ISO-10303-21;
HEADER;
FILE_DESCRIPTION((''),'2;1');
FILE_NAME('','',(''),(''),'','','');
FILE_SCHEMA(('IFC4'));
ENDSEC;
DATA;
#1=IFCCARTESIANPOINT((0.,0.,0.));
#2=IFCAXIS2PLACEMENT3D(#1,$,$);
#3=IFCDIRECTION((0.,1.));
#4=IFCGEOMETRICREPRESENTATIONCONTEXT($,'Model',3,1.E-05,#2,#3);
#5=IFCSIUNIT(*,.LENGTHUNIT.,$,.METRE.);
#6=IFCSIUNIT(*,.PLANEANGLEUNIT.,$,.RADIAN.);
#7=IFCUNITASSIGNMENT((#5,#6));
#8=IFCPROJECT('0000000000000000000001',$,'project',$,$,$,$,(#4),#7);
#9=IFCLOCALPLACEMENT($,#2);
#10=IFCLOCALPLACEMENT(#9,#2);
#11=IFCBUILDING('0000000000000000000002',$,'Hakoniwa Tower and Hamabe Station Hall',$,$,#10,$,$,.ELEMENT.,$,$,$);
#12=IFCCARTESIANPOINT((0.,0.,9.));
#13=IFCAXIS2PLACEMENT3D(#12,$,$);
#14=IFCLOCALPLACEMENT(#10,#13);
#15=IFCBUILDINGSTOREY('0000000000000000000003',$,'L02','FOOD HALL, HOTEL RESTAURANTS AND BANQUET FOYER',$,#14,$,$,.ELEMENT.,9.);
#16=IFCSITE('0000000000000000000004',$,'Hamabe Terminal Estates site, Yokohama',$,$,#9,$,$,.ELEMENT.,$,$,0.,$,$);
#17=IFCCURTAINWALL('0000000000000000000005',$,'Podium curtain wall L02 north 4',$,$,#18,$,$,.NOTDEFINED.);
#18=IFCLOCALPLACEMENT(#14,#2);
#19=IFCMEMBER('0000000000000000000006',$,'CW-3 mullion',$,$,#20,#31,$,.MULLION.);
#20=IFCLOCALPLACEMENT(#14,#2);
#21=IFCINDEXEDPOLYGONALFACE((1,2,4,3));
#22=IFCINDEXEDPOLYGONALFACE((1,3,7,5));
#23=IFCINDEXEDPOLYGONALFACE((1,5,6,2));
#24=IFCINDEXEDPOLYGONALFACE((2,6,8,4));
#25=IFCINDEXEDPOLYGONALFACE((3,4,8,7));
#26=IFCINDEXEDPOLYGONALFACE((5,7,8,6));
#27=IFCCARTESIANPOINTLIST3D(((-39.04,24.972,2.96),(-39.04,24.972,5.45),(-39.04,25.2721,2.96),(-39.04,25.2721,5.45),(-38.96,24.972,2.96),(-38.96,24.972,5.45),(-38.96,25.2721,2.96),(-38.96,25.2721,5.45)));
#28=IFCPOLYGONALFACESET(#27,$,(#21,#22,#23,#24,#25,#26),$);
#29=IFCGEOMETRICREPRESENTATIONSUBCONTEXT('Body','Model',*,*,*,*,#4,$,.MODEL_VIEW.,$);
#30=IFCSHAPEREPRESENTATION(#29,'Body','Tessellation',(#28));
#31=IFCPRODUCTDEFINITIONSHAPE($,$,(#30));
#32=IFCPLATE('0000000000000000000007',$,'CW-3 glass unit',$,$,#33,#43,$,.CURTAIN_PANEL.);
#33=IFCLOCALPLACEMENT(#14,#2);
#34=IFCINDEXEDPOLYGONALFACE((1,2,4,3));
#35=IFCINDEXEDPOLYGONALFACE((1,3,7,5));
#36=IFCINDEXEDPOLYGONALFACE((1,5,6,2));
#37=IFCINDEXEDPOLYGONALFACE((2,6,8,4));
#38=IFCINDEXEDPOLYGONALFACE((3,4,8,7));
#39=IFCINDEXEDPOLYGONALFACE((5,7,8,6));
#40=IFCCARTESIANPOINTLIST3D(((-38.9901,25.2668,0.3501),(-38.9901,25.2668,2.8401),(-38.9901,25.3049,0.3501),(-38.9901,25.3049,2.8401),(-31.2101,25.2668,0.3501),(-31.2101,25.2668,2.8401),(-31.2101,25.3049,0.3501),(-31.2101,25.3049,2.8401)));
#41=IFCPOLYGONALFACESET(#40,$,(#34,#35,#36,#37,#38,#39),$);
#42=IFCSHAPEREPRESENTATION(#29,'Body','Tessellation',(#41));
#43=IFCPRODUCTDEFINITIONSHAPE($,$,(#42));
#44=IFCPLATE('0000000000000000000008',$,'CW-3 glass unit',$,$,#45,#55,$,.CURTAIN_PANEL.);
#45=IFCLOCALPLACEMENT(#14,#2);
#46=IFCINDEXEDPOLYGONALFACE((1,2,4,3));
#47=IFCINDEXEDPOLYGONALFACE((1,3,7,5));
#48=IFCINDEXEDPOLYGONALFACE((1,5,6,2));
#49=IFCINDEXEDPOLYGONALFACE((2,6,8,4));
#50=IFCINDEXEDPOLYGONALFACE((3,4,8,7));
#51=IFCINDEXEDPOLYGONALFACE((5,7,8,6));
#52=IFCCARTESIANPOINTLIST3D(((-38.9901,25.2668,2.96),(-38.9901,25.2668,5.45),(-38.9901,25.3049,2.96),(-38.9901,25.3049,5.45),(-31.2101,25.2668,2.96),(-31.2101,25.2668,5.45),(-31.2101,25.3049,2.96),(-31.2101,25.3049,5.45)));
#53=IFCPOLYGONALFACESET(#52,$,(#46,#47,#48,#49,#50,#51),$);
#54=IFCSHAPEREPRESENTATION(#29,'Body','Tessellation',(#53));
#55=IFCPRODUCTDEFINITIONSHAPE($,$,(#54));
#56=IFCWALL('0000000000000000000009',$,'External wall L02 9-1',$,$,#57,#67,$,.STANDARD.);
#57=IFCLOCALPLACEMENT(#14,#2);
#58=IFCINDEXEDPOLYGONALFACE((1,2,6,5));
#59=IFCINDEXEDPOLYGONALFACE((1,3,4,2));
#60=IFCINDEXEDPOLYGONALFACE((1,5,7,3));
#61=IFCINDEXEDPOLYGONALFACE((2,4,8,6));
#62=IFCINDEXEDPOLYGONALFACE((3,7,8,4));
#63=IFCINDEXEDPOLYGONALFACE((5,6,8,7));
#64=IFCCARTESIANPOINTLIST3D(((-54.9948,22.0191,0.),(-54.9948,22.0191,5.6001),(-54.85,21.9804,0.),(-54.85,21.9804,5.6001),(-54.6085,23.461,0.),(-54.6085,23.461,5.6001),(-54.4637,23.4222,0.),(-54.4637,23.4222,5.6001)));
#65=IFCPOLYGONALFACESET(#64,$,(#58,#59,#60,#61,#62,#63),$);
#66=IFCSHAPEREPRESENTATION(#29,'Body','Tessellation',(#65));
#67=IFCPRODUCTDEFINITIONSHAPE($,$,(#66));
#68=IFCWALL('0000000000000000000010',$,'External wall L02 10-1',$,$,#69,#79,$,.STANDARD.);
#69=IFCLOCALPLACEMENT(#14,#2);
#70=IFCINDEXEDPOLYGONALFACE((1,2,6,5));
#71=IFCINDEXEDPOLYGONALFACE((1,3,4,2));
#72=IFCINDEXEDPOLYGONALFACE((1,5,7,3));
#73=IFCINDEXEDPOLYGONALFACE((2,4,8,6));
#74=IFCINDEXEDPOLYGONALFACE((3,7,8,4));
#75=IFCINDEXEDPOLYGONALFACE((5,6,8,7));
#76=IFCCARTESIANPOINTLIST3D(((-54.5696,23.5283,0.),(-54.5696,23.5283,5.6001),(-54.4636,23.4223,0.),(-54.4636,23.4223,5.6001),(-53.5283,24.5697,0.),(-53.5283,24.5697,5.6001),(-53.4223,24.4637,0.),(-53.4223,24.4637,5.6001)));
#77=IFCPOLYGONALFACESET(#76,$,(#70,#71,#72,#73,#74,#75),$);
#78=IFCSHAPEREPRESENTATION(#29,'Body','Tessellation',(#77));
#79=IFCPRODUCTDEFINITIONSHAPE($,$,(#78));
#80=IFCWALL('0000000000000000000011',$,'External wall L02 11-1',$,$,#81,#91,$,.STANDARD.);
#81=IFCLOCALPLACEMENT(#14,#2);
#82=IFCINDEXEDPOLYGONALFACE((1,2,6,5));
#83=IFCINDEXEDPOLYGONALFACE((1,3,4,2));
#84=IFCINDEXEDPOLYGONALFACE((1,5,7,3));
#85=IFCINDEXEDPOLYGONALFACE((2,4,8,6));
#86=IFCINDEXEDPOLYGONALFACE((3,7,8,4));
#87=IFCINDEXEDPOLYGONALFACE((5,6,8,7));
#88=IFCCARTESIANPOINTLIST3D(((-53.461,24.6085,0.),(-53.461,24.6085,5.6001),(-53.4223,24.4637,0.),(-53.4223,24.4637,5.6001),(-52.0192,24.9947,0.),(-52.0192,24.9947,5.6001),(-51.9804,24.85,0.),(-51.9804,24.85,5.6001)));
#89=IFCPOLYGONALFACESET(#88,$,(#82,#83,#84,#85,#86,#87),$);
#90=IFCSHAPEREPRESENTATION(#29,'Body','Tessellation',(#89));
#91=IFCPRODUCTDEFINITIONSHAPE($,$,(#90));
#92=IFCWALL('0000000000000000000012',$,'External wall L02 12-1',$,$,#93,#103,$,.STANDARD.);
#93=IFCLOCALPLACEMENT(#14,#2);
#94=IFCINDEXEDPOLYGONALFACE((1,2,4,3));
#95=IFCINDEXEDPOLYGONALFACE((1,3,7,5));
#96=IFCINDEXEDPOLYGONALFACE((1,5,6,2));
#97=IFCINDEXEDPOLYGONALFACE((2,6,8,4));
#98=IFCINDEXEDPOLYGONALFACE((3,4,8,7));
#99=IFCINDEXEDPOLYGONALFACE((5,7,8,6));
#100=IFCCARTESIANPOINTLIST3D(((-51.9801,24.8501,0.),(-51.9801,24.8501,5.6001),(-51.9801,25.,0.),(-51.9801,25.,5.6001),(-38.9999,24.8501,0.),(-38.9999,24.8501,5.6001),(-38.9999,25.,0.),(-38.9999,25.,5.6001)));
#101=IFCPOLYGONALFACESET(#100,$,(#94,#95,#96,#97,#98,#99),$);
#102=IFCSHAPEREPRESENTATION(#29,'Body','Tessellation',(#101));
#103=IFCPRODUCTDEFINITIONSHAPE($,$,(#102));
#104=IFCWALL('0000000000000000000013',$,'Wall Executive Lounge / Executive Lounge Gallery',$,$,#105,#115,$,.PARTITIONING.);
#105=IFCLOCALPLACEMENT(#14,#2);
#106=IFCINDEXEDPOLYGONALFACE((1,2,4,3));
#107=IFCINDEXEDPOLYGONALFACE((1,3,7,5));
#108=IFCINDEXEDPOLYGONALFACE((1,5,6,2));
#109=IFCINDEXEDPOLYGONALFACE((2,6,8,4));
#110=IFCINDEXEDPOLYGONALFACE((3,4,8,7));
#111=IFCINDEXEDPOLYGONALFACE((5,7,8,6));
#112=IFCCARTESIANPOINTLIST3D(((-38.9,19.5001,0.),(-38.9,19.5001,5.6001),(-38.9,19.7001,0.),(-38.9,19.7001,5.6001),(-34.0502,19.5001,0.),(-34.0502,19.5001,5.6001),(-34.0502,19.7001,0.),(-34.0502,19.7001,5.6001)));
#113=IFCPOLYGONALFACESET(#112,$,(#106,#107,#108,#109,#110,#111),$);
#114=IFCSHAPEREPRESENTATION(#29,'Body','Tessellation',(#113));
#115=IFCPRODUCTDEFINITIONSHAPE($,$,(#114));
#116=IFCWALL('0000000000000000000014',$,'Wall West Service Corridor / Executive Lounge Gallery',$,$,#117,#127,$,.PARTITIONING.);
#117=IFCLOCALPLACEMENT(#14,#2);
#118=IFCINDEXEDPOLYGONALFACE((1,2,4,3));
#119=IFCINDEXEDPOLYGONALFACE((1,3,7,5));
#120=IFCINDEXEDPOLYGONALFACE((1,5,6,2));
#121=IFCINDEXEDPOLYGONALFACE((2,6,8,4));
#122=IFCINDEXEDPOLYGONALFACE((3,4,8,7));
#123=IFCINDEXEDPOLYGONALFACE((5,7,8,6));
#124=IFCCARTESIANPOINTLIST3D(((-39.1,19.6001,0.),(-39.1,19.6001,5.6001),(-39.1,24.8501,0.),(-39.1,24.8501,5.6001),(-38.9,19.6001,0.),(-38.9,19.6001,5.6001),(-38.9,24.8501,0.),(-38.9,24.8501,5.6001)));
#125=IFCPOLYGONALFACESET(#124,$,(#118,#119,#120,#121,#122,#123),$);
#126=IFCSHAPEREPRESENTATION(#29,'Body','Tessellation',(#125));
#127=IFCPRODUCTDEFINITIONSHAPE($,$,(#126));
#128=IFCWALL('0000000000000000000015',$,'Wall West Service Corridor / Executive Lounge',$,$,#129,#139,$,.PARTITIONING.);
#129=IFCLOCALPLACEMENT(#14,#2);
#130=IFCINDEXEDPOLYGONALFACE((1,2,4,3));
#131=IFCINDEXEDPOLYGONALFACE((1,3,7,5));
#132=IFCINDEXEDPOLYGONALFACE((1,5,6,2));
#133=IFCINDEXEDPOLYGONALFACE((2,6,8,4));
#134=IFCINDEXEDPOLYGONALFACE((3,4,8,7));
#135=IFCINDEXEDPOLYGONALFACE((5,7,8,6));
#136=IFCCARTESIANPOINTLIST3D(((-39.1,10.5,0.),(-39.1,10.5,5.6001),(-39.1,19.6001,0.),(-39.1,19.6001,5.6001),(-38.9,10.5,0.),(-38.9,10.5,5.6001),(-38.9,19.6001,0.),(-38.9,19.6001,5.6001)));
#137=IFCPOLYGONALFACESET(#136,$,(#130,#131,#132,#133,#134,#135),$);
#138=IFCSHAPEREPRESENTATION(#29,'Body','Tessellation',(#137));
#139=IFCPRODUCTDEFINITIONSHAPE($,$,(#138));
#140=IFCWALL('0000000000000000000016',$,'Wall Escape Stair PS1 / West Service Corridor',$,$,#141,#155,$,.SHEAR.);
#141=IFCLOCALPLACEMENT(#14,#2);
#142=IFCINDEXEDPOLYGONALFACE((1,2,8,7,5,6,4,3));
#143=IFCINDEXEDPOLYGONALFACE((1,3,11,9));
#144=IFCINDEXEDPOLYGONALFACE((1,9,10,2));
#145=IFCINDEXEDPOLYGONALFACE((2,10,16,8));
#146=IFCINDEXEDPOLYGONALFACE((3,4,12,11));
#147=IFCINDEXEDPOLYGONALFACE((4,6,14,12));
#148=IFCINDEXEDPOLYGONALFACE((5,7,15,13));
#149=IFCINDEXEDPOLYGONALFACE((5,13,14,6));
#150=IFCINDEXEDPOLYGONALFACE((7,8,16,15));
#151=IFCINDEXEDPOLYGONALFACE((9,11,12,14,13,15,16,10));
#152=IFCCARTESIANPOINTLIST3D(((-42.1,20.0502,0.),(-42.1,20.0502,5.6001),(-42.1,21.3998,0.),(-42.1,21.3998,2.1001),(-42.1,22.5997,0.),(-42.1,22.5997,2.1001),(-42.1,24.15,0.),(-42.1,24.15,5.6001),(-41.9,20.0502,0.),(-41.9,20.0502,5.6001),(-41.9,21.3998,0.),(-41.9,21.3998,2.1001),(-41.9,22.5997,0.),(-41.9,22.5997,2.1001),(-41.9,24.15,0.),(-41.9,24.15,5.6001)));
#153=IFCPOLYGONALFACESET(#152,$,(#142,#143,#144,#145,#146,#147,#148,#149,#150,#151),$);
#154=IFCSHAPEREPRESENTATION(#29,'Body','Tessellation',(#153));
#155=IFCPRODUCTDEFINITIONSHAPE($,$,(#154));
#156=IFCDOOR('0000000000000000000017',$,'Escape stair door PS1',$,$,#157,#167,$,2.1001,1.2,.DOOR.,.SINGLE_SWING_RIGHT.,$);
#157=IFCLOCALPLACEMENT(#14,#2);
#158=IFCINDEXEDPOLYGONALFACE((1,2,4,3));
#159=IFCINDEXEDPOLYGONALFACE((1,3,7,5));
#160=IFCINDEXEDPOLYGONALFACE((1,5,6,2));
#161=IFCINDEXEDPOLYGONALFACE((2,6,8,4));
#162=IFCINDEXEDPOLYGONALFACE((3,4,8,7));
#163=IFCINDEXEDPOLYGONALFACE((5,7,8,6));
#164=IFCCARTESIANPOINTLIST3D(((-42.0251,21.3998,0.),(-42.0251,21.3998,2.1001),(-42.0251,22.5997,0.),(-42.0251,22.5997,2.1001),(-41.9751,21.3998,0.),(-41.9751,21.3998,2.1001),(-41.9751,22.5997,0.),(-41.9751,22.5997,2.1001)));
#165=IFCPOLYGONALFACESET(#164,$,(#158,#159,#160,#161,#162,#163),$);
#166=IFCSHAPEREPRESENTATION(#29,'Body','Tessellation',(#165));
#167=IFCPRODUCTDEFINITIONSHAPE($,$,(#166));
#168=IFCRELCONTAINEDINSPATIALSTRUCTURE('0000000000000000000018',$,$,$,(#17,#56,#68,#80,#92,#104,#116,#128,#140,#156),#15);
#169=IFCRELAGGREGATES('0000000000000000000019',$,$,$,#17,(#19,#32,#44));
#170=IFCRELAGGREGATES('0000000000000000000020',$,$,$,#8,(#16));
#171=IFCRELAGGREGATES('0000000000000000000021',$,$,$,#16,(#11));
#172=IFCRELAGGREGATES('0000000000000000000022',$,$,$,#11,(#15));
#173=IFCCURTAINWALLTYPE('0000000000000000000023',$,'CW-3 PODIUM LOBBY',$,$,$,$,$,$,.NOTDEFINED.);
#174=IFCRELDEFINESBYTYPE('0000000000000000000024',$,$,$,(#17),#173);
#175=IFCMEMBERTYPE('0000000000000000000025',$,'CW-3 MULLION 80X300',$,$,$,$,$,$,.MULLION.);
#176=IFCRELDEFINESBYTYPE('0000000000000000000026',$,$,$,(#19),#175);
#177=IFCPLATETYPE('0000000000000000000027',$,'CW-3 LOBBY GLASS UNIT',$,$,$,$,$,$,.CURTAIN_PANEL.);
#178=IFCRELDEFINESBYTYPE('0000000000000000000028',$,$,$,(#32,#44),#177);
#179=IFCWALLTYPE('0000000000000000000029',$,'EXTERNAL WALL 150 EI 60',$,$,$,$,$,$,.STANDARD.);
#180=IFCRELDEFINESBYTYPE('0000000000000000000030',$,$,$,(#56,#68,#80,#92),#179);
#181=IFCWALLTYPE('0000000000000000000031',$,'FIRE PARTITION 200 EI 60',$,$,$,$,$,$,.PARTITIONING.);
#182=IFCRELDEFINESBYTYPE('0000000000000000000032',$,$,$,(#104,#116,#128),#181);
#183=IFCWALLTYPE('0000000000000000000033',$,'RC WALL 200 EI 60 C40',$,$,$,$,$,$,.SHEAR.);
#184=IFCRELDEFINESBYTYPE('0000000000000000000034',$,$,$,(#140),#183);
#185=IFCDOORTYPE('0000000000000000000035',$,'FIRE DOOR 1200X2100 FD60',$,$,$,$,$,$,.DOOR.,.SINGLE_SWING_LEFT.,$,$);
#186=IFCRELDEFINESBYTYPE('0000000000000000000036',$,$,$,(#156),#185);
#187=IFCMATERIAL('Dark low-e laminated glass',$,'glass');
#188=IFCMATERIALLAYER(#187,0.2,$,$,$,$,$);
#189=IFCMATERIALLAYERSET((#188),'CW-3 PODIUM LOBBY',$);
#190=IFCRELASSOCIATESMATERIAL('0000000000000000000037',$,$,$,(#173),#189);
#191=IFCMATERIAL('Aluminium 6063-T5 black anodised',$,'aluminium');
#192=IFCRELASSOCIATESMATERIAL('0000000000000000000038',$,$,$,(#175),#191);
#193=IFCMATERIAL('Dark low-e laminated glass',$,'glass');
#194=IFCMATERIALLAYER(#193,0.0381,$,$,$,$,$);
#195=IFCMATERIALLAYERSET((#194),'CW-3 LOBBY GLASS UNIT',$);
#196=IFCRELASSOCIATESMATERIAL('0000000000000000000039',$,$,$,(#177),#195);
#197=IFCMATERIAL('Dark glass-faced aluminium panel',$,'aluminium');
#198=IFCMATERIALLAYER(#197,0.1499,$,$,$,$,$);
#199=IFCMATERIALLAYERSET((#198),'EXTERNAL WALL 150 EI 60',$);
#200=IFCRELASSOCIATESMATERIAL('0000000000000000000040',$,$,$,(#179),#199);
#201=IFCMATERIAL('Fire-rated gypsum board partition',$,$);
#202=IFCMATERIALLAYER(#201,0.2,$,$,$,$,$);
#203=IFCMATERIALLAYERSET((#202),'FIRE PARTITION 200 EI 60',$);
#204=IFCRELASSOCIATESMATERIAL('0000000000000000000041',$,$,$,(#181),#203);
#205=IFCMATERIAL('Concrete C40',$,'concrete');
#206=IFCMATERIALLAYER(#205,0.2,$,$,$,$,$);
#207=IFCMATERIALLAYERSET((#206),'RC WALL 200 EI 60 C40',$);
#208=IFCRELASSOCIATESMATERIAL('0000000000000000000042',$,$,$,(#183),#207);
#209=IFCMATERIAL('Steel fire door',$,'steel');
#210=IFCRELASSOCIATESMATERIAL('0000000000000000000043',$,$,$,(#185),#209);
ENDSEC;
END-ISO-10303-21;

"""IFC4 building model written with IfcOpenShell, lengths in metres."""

from ifc_helpers import new_model, si_unit, direction, frame, frame_2d, origin, origin_2d, place, context, subcontext, project, spatial, rectangle, extrude, material, layer, layer_set, material_profile, profile_set, type_object, element, fill, aggregate, save


model = new_model("IFC4")

# Units and contexts
model_context = context("Model", 3, precision=1e-05, world=origin(), true_north=direction((0.0, 1.0)))
body_context = subcontext(model_context, "Body", "Model", "MODEL_VIEW")
ifc_project = project(units=[si_unit("LENGTHUNIT", "METRE"), si_unit("PLANEANGLEUNIT", "RADIAN")], contexts=[model_context])

# Site, building, storey
site_placement = place(None, origin())
site = spatial("IfcSite", under=ifc_project, at=site_placement, Name="Hamabe Terminal Estates site, Yokohama", CompositionType="ELEMENT", RefElevation=0.0)
building_placement = place(site_placement, origin())
building = spatial("IfcBuilding", under=site, at=building_placement, Name="Hakoniwa Tower and Hamabe Station Hall", CompositionType="ELEMENT")
storey_placement = place(building_placement, frame((0.0, 0.0, 9.0)))
storey = spatial("IfcBuildingStorey", under=building, at=storey_placement, Name="L02", Description="FOOD HALL, HOTEL RESTAURANTS AND BANQUET FOYER", CompositionType="ELEMENT", Elevation=9.0)

# Curtain wall, member, plates
ifc_material_1 = material(Name="Dark low-e laminated glass", Category="glass")
ifc_layer_1 = layer(ifc_material_1, 0.2)
ifc_layer_set_1 = layer_set([ifc_layer_1], Name="CW-3 PODIUM LOBBY")
curtain_wall_type = type_object("IfcCurtainWallType", Name="CW-3 PODIUM LOBBY", PredefinedType="NOTDEFINED", material=ifc_layer_set_1)
curtain_wall_placement = place(storey_placement, origin())
curtain_wall = element("IfcCurtainWall", 1, at=curtain_wall_placement, inside=storey, type_object=curtain_wall_type, Name="Podium curtain wall L02 north 4", PredefinedType="NOTDEFINED")
ifc_material_2 = material(Name="Aluminium 6063-T5 black anodised", Category="aluminium")
ifc_material_profile_1 = material_profile(ifc_material_2, rectangle(XDim=0.0801, YDim=0.3, at=origin_2d()), Name="CW-3 MULLION 80X300")
ifc_profile_set_1 = profile_set([ifc_material_profile_1], Name="Aluminium 6063-T5 black anodised")
member_type = type_object("IfcMemberType", Name="CW-3 MULLION 80X300", PredefinedType="MULLION", material=ifc_profile_set_1)
member_1_placement = place(storey_placement, frame((-39.0, 25.1221, 2.96), z_axis=(0.0, 0.0, 1.0), x_axis=(-1.0, 0.0, 0.0)))
member_1 = element("IfcMember", 2, at=member_1_placement, type_object=member_type, Name="CW-3 mullion", PredefinedType="MULLION", context=body_context, shape_type="SweptSolid", body=[
    extrude(rectangle(XDim=0.0801, YDim=0.3, at=origin_2d()), origin(), (0.0, 0.0, 1.0), 2.49),
])
ifc_material_3 = material(Name="Dark low-e laminated glass", Category="glass")
ifc_layer_2 = layer(ifc_material_3, 0.0381)
ifc_layer_set_2 = layer_set([ifc_layer_2], Name="CW-3 LOBBY GLASS UNIT")
plate_type = type_object("IfcPlateType", Name="CW-3 LOBBY GLASS UNIT", PredefinedType="CURTAIN_PANEL", material=ifc_layer_set_2)
plate_1_placement = place(storey_placement, frame((-35.1001, 25.2859, 0.3501), z_axis=(0.0, 0.0, 1.0), x_axis=(-1.0, 0.0, 0.0)))
plate_1 = element("IfcPlate", 3, at=plate_1_placement, type_object=plate_type, Name="CW-3 glass unit", PredefinedType="CURTAIN_PANEL", context=body_context, shape_type="SweptSolid", body=[
    extrude(rectangle(XDim=7.78, YDim=0.0381, at=origin_2d()), origin(), (0.0, 0.0, 1.0), 2.49),
])
plate_2_placement = place(storey_placement, frame((-35.1001, 25.2859, 2.96), z_axis=(0.0, 0.0, 1.0), x_axis=(-1.0, 0.0, 0.0)))
plate_2 = element("IfcPlate", 4, at=plate_2_placement, type_object=plate_type, Name="CW-3 glass unit", PredefinedType="CURTAIN_PANEL", context=body_context, shape_type="SweptSolid", body=[
    extrude(rectangle(XDim=7.78, YDim=0.0381, at=origin_2d()), origin(), (0.0, 0.0, 1.0), 2.49),
])
aggregate(curtain_wall, [member_1, plate_1, plate_2])

# Walls
ifc_material_4 = material(Name="Dark glass-faced aluminium panel", Category="aluminium")
ifc_layer_3 = layer(ifc_material_4, 0.1499)
ifc_layer_set_3 = layer_set([ifc_layer_3], Name="EXTERNAL WALL 150 EI 60")
wall_type_1 = type_object("IfcWallType", Name="EXTERNAL WALL 150 EI 60", PredefinedType="STANDARD", material=ifc_layer_set_3)
wall_1_placement = place(storey_placement, frame((-54.9224, 21.9998, 0.0), z_axis=(0.0, 0.0, 1.0), x_axis=(0.258742, 0.965947, 0.0)))
element("IfcWall", 5, at=wall_1_placement, inside=storey, type_object=wall_type_1, Name="External wall L02 9-1", PredefinedType="STANDARD", context=body_context, shape_type="SweptSolid", body=[
    extrude(rectangle(XDim=1.4927, YDim=0.1499, at=frame_2d((0.7463, 0.0))), origin(), (0.0, 0.0, 1.0), 5.6001),
])
wall_2_placement = place(storey_placement, frame((-54.5166, 23.4753, 0.0), z_axis=(0.0, 0.0, 1.0), x_axis=(0.707107, 0.707107, 0.0)))
element("IfcWall", 6, at=wall_2_placement, inside=storey, type_object=wall_type_1, Name="External wall L02 10-1", PredefinedType="STANDARD", context=body_context, shape_type="SweptSolid", body=[
    extrude(rectangle(XDim=1.4727, YDim=0.1499, at=frame_2d((0.7363, 0.0))), origin(), (0.0, 0.0, 1.0), 5.6001),
])
wall_3_placement = place(storey_placement, frame((-53.4417, 24.5361, 0.0), z_axis=(0.0, 0.0, 1.0), x_axis=(0.965947, 0.258742, 0.0)))
element("IfcWall", 7, at=wall_3_placement, inside=storey, type_object=wall_type_1, Name="External wall L02 11-1", PredefinedType="STANDARD", context=body_context, shape_type="SweptSolid", body=[
    extrude(rectangle(XDim=1.4927, YDim=0.1499, at=frame_2d((0.7463, 0.0))), origin(), (0.0, 0.0, 1.0), 5.6001),
])
wall_4_placement = place(storey_placement, frame((-51.9802, 24.925, 0.0), z_axis=(0.0, 0.0, 1.0), x_axis=(1.0, 0.0, 0.0)))
element("IfcWall", 8, at=wall_4_placement, inside=storey, type_object=wall_type_1, Name="External wall L02 12-1", PredefinedType="STANDARD", context=body_context, shape_type="SweptSolid", body=[
    extrude(rectangle(XDim=12.9802, YDim=0.1499, at=frame_2d((6.4902, 0.0))), origin(), (0.0, 0.0, 1.0), 5.6001),
])
ifc_material_5 = material(Name="Fire-rated gypsum board partition")
ifc_layer_4 = layer(ifc_material_5, 0.2)
ifc_layer_set_4 = layer_set([ifc_layer_4], Name="FIRE PARTITION 200 EI 60")
wall_type_2 = type_object("IfcWallType", Name="FIRE PARTITION 200 EI 60", PredefinedType="PARTITIONING", material=ifc_layer_set_4)
wall_5_placement = place(storey_placement, frame((-38.8999, 19.6001, 0.0), z_axis=(0.0, 0.0, 1.0), x_axis=(1.0, 0.0, 0.0)))
element("IfcWall", 9, at=wall_5_placement, inside=storey, type_object=wall_type_2, Name="Wall Executive Lounge / Executive Lounge Gallery", PredefinedType="PARTITIONING", context=body_context, shape_type="SweptSolid", body=[
    extrude(rectangle(XDim=4.8499, YDim=0.2, at=frame_2d((2.4248, 0.0))), origin(), (0.0, 0.0, 1.0), 5.6001),
])
wall_6_placement = place(storey_placement, frame((-39.0, 24.8501, 0.0), z_axis=(0.0, 0.0, 1.0), x_axis=(0.0, -1.0, 0.0)))
element("IfcWall", 10, at=wall_6_placement, inside=storey, type_object=wall_type_2, Name="Wall West Service Corridor / Executive Lounge Gallery", PredefinedType="PARTITIONING", context=body_context, shape_type="SweptSolid", body=[
    extrude(rectangle(XDim=5.25, YDim=0.2, at=frame_2d((2.625, 0.0))), origin(), (0.0, 0.0, 1.0), 5.6001),
])
wall_7_placement = place(storey_placement, frame((-39.0, 19.6001, 0.0), z_axis=(0.0, 0.0, 1.0), x_axis=(0.0, -1.0, 0.0)))
element("IfcWall", 11, at=wall_7_placement, inside=storey, type_object=wall_type_2, Name="Wall West Service Corridor / Executive Lounge", PredefinedType="PARTITIONING", context=body_context, shape_type="SweptSolid", body=[
    extrude(rectangle(XDim=9.1001, YDim=0.2, at=frame_2d((4.55, 0.0))), origin(), (0.0, 0.0, 1.0), 5.6001),
])

# Wall, opening, door
ifc_material_6 = material(Name="Concrete C40", Category="concrete")
ifc_layer_5 = layer(ifc_material_6, 0.2)
ifc_layer_set_5 = layer_set([ifc_layer_5], Name="RC WALL 200 EI 60 C40")
wall_type_3 = type_object("IfcWallType", Name="RC WALL 200 EI 60 C40", PredefinedType="SHEAR", material=ifc_layer_set_5)
wall_8_placement = place(storey_placement, frame((-42.0, 24.1499, 0.0), z_axis=(0.0, 0.0, 1.0), x_axis=(0.0, -1.0, 0.0)))
wall_8 = element("IfcWall", 12, at=wall_8_placement, inside=storey, type_object=wall_type_3, Name="Wall Escape Stair PS1 / West Service Corridor", PredefinedType="SHEAR", context=body_context, shape_type="SweptSolid", body=[
    extrude(rectangle(XDim=4.0999, YDim=0.2, at=frame_2d((2.0498, 0.0))), origin(), (0.0, 0.0, 1.0), 5.6001),
])
opening_placement = place(wall_8_placement, frame((1.55, 0.0, 0.0)))
opening = element("IfcOpeningElement", 13, at=opening_placement, cuts=wall_8, PredefinedType="OPENING", context=body_context, shape_type="SweptSolid", body=[
    extrude(rectangle(XDim=1.2, YDim=2.1001, at=frame_2d((0.6001, 1.05))), frame((0.0, 0.1099, 0.0), z_axis=(0.0, -1.0, 0.0), x_axis=(1.0, 0.0, 0.0)), (0.0, 0.0, 1.0), 0.22),
])
ifc_material_7 = material(Name="Steel fire door", Category="steel")
door_type = type_object("IfcDoorType", Name="FIRE DOOR 1200X2100 FD60", OperationType="SINGLE_SWING_LEFT", PredefinedType="DOOR", material=ifc_material_7)
door_placement = place(opening_placement, origin())
door = element("IfcDoor", 14, at=door_placement, inside=storey, type_object=door_type, Name="Escape stair door PS1", OperationType="SINGLE_SWING_RIGHT", OverallHeight=2.1001, OverallWidth=1.2, PredefinedType="DOOR", context=body_context, shape_type="SweptSolid", body=[
    extrude(rectangle(XDim=1.2, YDim=2.1001, at=frame_2d((0.6001, 1.05))), frame((0.0, 0.0249, 0.0), z_axis=(0.0, -1.0, 0.0), x_axis=(1.0, 0.0, 0.0)), (0.0, 0.0, 1.0), 0.05),
])
fill(opening, door)

save(model, "model.ifc")
